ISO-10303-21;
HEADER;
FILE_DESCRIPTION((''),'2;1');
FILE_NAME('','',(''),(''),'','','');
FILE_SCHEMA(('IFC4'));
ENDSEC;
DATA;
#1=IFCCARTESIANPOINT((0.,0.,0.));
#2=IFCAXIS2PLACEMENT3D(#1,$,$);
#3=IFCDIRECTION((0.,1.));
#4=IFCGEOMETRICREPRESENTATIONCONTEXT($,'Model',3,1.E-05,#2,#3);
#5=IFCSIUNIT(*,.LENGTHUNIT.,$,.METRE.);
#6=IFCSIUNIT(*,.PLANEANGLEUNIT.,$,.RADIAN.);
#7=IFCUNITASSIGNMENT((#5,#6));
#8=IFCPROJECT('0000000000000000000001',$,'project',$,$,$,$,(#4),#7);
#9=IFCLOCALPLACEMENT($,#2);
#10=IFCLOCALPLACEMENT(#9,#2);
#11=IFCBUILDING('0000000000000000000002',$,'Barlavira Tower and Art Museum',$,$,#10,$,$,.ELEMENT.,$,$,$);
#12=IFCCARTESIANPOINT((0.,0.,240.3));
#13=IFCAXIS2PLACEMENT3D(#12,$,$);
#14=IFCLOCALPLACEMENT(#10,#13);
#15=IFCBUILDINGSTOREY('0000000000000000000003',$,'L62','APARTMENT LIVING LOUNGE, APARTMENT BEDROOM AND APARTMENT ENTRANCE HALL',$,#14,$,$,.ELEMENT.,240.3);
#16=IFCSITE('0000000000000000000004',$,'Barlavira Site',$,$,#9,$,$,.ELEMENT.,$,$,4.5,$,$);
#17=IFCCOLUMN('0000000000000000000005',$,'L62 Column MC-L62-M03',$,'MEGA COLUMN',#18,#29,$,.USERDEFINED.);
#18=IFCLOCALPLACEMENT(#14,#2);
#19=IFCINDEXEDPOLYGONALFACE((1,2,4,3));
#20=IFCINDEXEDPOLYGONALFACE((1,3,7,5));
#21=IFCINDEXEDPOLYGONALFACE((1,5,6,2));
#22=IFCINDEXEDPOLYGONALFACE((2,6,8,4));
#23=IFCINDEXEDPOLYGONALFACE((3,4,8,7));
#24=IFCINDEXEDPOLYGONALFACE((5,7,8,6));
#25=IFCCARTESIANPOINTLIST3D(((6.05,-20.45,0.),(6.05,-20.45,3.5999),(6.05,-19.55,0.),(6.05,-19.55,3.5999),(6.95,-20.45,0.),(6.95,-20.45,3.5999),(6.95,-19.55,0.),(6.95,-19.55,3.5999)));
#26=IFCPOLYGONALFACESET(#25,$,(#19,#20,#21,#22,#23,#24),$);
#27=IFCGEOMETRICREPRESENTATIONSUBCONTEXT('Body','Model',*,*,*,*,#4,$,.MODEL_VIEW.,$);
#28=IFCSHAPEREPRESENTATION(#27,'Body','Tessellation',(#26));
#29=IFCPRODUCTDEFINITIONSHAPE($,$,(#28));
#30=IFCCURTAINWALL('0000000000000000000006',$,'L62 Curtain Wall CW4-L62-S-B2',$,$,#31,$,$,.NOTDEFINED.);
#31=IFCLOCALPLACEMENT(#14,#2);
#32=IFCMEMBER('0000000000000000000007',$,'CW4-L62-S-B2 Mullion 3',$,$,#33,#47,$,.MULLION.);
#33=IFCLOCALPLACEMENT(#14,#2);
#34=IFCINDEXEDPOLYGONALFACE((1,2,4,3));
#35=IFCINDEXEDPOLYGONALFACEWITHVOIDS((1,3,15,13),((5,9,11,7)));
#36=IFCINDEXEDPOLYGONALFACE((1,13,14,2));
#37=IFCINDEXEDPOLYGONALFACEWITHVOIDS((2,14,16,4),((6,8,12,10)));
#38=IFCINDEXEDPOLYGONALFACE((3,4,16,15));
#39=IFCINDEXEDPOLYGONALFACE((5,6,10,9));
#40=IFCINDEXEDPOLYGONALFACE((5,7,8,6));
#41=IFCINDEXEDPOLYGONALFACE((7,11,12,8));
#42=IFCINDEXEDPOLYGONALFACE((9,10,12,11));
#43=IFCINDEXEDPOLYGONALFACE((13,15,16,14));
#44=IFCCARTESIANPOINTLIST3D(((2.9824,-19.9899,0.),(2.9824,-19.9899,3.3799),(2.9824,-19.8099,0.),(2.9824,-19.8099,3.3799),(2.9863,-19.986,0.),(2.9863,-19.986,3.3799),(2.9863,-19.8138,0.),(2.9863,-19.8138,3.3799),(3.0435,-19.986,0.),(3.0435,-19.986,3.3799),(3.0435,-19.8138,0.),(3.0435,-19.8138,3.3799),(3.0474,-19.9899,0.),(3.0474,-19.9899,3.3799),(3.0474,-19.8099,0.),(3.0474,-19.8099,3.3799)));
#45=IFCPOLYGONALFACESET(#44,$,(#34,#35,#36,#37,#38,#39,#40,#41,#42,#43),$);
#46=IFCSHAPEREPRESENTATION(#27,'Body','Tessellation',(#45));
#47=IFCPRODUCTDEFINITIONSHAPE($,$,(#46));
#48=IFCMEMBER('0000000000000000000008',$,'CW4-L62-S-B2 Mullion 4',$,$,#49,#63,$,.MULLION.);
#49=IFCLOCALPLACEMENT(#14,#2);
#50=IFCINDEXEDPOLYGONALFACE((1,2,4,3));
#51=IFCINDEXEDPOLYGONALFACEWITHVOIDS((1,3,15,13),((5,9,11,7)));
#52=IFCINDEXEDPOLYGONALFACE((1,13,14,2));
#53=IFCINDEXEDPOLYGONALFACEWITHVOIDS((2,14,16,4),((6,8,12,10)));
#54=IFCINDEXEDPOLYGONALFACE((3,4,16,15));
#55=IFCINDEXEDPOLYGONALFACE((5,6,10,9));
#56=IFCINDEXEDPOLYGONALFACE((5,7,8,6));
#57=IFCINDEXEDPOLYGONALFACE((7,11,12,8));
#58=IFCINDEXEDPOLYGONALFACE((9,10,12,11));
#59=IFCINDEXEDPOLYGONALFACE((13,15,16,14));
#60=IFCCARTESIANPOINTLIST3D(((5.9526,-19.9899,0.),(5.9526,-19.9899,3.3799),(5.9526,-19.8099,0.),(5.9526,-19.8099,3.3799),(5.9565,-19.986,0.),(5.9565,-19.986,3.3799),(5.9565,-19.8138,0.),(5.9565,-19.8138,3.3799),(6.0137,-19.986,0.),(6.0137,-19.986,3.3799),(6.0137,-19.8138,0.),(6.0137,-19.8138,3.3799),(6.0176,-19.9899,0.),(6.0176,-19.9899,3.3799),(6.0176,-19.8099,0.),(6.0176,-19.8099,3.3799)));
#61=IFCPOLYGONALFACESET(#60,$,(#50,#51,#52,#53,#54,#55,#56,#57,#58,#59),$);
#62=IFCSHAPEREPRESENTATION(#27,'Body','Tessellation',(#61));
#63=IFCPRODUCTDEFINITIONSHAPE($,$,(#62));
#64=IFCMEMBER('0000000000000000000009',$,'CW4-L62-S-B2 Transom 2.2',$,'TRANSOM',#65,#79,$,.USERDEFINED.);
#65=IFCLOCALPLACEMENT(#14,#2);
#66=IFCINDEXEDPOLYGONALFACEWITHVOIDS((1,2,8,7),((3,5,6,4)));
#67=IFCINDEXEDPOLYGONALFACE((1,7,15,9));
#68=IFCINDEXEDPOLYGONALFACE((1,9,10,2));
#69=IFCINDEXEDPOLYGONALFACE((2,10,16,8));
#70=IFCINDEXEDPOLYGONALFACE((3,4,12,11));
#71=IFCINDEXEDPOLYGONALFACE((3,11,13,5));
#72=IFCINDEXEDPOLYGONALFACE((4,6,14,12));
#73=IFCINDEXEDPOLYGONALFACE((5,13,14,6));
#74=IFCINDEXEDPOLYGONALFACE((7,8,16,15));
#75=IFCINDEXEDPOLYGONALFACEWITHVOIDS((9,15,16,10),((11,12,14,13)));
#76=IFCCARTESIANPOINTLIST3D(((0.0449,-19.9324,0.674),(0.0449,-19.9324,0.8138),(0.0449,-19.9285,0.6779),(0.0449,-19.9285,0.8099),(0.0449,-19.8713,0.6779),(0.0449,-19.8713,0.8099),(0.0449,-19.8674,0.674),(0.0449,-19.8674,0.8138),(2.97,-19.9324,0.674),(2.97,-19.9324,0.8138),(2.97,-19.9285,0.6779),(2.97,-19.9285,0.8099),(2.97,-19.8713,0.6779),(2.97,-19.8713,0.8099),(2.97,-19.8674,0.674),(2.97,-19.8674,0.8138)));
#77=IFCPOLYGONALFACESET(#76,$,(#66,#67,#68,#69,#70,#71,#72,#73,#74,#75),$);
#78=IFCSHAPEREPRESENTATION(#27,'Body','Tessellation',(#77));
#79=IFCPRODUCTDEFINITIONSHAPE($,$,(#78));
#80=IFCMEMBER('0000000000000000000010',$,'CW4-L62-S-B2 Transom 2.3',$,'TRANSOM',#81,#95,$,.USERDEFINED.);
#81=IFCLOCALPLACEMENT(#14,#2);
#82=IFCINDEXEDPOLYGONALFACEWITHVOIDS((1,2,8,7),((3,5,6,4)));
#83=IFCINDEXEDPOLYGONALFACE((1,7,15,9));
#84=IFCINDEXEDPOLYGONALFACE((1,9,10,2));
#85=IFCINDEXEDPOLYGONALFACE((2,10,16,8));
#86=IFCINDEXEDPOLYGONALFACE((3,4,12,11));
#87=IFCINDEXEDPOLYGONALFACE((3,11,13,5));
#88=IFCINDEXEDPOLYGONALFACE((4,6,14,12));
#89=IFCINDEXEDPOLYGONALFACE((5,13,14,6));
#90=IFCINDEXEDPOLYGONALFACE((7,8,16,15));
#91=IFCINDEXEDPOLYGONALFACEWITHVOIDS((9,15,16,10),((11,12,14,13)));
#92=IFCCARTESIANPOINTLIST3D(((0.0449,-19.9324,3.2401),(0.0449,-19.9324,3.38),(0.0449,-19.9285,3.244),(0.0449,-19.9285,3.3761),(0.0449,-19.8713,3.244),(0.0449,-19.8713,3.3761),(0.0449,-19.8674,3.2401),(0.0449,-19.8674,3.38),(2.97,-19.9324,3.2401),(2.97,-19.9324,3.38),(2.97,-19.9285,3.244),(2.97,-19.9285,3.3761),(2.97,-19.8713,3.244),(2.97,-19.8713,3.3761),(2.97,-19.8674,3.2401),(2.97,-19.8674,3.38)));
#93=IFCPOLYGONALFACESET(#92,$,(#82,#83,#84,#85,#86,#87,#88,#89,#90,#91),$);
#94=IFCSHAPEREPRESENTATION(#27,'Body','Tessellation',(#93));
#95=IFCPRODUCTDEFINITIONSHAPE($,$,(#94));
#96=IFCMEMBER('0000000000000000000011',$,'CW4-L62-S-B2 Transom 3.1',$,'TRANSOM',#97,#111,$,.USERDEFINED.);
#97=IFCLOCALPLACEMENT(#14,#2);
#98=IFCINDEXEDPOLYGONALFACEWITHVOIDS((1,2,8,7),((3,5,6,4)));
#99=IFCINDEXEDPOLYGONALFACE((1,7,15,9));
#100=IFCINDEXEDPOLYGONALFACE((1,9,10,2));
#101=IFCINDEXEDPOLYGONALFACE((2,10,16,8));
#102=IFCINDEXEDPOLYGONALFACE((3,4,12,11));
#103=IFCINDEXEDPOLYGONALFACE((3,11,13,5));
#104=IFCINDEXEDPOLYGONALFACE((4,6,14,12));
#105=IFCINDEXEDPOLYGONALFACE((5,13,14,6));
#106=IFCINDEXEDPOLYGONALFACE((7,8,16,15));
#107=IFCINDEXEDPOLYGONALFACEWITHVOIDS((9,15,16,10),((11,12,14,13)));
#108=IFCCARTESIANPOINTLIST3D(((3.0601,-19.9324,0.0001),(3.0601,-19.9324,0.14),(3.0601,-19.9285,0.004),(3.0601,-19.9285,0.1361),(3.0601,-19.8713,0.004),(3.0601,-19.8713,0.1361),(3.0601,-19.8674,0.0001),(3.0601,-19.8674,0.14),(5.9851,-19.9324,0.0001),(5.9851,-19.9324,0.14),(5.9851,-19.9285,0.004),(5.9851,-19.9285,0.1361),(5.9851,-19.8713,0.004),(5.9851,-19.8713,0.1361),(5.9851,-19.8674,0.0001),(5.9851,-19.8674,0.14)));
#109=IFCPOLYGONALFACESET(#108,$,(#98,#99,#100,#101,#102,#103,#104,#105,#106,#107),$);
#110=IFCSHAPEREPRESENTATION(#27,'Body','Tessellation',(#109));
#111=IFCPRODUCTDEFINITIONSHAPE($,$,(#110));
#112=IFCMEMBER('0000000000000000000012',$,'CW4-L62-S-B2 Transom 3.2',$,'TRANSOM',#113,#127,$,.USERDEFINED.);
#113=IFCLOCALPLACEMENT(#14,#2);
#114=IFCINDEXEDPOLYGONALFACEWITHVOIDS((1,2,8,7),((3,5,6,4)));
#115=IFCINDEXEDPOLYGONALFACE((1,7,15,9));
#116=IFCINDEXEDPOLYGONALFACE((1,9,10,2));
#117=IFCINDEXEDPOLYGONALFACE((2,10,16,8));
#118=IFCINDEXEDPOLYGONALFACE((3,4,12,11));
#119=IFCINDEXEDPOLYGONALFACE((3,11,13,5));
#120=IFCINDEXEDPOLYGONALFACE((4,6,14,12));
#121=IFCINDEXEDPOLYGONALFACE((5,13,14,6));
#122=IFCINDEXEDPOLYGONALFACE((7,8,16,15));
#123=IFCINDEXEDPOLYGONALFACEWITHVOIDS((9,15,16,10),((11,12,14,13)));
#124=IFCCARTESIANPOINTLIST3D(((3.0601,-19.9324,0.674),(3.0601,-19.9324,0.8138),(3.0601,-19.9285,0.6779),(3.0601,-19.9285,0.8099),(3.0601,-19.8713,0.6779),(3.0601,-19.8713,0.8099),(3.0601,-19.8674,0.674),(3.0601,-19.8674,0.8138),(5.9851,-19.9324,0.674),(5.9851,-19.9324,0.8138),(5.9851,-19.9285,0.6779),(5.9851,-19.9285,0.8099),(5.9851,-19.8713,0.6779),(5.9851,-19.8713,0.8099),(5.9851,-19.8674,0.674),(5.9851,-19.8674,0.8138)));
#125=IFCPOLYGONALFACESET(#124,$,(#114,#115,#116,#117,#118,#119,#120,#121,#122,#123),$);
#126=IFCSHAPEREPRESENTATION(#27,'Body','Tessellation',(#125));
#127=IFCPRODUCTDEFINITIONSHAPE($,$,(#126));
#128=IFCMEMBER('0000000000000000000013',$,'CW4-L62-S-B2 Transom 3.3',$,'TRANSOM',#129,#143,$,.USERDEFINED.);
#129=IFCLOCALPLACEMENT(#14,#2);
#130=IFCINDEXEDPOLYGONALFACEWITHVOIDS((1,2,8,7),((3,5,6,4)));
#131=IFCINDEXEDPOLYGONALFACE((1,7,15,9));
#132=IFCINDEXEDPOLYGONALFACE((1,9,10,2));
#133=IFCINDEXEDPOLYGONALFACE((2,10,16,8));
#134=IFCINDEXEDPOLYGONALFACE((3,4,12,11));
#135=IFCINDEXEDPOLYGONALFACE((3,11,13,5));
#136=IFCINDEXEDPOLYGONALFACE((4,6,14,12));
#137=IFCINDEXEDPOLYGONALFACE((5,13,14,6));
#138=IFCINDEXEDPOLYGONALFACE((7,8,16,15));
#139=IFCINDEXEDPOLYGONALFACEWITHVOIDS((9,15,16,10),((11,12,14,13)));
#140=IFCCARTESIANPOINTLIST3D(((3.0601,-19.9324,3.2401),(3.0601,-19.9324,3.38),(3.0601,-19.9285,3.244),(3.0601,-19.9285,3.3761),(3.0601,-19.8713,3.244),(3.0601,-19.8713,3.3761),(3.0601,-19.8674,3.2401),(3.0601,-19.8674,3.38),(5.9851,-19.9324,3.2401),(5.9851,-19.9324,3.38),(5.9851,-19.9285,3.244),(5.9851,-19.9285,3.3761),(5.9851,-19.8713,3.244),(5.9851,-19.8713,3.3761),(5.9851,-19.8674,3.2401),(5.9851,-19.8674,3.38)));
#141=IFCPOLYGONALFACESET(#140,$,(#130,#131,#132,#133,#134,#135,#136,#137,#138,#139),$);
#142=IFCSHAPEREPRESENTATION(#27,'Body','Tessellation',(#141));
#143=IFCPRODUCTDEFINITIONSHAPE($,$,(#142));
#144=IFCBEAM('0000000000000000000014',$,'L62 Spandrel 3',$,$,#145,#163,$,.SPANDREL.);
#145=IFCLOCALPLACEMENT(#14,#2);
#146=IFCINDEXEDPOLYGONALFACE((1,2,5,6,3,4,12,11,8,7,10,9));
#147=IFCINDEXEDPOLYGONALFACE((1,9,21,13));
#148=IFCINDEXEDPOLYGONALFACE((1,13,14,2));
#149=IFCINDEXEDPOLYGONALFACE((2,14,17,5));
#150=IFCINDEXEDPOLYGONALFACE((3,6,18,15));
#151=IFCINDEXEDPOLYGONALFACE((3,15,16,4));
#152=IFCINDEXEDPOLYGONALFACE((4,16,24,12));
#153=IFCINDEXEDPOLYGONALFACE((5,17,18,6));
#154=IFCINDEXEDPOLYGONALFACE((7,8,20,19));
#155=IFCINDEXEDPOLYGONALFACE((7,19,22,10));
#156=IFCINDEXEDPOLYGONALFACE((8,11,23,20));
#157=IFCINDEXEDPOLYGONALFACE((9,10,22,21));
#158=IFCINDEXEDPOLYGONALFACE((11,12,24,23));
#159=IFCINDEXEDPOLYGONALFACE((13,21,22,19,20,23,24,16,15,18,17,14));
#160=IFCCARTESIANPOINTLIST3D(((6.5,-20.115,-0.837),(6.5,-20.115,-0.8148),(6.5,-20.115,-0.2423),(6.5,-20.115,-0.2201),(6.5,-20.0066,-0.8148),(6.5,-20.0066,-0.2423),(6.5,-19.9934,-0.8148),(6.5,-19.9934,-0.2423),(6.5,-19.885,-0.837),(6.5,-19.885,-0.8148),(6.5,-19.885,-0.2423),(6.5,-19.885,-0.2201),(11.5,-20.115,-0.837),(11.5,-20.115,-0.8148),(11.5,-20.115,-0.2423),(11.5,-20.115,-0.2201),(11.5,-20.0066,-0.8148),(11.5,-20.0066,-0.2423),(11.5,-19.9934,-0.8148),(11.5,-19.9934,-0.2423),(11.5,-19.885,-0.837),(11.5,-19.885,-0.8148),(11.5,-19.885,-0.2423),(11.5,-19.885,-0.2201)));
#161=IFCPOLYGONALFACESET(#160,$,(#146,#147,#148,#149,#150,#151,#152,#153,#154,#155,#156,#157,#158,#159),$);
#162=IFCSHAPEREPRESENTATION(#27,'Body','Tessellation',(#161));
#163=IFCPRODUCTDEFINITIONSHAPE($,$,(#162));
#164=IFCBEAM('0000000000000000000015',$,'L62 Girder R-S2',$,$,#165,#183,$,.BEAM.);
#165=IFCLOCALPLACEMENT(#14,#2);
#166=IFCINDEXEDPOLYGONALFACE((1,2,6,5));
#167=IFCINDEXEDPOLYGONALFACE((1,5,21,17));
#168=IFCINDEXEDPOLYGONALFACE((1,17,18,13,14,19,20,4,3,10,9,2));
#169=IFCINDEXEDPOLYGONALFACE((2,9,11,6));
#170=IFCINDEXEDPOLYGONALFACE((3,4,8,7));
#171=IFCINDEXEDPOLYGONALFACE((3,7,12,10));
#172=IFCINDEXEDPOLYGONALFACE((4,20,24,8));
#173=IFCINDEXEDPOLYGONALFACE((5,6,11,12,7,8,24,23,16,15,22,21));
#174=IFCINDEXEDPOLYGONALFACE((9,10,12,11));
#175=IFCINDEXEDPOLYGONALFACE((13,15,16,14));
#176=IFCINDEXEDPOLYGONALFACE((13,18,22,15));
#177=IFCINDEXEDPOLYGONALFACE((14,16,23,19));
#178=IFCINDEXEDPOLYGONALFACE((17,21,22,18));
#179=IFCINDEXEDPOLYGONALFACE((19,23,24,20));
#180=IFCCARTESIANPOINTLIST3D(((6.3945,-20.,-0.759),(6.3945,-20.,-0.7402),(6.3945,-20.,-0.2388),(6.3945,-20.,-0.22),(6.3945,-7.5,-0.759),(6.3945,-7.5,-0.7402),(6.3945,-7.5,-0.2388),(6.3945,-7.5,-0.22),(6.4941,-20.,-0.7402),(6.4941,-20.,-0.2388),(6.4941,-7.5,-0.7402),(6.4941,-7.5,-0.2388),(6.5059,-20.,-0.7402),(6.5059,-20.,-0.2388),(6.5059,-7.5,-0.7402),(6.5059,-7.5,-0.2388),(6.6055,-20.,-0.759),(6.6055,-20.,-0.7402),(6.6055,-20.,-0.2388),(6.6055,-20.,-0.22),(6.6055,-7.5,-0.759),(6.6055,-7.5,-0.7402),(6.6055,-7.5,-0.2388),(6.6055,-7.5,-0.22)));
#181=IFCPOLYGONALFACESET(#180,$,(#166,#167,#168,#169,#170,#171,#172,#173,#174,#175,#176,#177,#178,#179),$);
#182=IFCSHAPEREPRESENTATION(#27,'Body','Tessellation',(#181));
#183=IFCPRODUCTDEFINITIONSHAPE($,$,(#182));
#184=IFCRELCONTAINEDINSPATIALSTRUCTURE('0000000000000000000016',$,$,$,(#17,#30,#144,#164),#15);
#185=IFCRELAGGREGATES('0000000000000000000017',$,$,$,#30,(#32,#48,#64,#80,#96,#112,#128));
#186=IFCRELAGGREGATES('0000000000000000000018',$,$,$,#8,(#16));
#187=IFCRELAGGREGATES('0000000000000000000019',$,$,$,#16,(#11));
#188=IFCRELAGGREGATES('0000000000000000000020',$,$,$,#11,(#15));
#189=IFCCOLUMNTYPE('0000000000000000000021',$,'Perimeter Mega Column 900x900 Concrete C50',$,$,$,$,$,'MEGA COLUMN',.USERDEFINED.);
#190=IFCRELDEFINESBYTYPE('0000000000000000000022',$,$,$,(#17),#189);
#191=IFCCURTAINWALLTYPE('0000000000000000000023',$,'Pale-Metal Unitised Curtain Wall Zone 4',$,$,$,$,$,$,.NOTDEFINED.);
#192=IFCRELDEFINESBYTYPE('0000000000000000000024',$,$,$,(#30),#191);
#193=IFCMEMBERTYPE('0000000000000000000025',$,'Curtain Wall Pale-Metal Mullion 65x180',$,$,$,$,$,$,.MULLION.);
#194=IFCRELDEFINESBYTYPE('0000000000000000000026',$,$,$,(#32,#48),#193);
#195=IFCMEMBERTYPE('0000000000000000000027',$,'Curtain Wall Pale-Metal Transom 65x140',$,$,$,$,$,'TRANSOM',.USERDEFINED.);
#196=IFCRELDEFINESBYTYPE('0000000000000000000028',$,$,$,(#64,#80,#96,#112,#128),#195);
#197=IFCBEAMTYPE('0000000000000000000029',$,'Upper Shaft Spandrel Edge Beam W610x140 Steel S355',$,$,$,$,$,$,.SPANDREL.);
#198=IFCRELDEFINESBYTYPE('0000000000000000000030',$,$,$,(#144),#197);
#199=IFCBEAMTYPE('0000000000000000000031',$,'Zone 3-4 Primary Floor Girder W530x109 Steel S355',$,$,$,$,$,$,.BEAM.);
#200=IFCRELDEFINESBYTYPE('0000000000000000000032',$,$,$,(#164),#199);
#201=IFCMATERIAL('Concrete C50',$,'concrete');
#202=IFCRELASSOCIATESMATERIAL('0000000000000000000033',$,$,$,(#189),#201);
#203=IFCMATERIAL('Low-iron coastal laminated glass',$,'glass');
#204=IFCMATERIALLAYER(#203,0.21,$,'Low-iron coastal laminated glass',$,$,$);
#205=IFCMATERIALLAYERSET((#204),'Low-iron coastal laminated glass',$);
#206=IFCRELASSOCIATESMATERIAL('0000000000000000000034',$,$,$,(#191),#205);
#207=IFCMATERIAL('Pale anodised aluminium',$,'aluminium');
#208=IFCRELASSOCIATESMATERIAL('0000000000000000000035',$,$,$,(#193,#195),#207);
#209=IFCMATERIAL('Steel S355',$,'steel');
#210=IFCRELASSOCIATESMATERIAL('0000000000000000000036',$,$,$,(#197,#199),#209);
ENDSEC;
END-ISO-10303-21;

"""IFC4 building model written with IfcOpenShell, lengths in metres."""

from ifc_helpers import new_model, si_unit, direction, frame, origin, origin_2d, place, context, subcontext, project, spatial, rectangle, hollow_rectangle, i_section, extrude, material, layer, layer_set, material_profile, profile_set, type_object, element, aggregate, save


model = new_model("IFC4")

# Units and contexts
model_context = context("Model", 3, precision=1e-05, world=origin(), true_north=direction((0.0, 1.0)))
body_context = subcontext(model_context, "Body", "Model", "MODEL_VIEW")
ifc_project = project(units=[si_unit("LENGTHUNIT", "METRE"), si_unit("PLANEANGLEUNIT", "RADIAN")], contexts=[model_context])

# Site, building, storey
site_placement = place(None, origin())
site = spatial("IfcSite", under=ifc_project, at=site_placement, Name="Barlavira Site", CompositionType="ELEMENT", RefElevation=4.5)
building_placement = place(site_placement, origin())
building = spatial("IfcBuilding", under=site, at=building_placement, Name="Barlavira Tower and Art Museum", CompositionType="ELEMENT")
storey_placement = place(building_placement, frame((0.0, 0.0, 240.3)))
storey = spatial("IfcBuildingStorey", under=building, at=storey_placement, Name="L62", Description="APARTMENT LIVING LOUNGE, APARTMENT BEDROOM AND APARTMENT ENTRANCE HALL", CompositionType="ELEMENT", Elevation=240.3)

# Column
ifc_material_1 = material(Name="Concrete C50", Category="concrete")
ifc_material_profile_1 = material_profile(ifc_material_1, rectangle(XDim=0.8999, YDim=0.8999, at=origin_2d()), Name="RC-COL 900x900")
ifc_profile_set_1 = profile_set([ifc_material_profile_1], Name="Concrete C50")
column_type = type_object("IfcColumnType", Name="Perimeter Mega Column 900x900 Concrete C50", ElementType="MEGA COLUMN", PredefinedType="USERDEFINED", material=ifc_profile_set_1)
column_placement = place(storey_placement, frame((6.5, -20.0, 0.0), z_axis=(0.0, 0.0, 1.0), x_axis=(1.0, 0.0, 0.0)))
element("IfcColumn", 1, at=column_placement, inside=storey, type_object=column_type, Name="L62 Column MC-L62-M03", ObjectType="MEGA COLUMN", PredefinedType="USERDEFINED", context=body_context, shape_type="SweptSolid", body=[
    extrude(rectangle(XDim=0.8999, YDim=0.8999, at=origin_2d()), origin(), (0.0, 0.0, 1.0), 3.5999),
])

# Curtain wall, members
ifc_material_2 = material(Name="Low-iron coastal laminated glass", Category="glass")
ifc_layer_1 = layer(ifc_material_2, 0.21, Name="Low-iron coastal laminated glass")
ifc_layer_set_1 = layer_set([ifc_layer_1], Name="Low-iron coastal laminated glass")
curtain_wall_type = type_object("IfcCurtainWallType", Name="Pale-Metal Unitised Curtain Wall Zone 4", PredefinedType="NOTDEFINED", material=ifc_layer_set_1)
curtain_wall_placement = place(storey_placement, origin())
curtain_wall = element("IfcCurtainWall", 2, at=curtain_wall_placement, inside=storey, type_object=curtain_wall_type, Name="L62 Curtain Wall CW4-L62-S-B2", PredefinedType="NOTDEFINED")
ifc_material_3 = material(Name="Pale anodised aluminium", Category="aluminium")
ifc_material_profile_2 = material_profile(ifc_material_3, hollow_rectangle(XDim=0.0649, YDim=0.1799, WallThickness=0.0039, at=origin_2d()), Name="ALU-MULL 65x180x4")
ifc_profile_set_2 = profile_set([ifc_material_profile_2], Name="Pale anodised aluminium")
member_type_1 = type_object("IfcMemberType", Name="Curtain Wall Pale-Metal Mullion 65x180", PredefinedType="MULLION", material=ifc_profile_set_2)
member_1_placement = place(storey_placement, frame((3.0149, -19.8999, 0.0), z_axis=(0.0, 0.0, 1.0), x_axis=(1.0, 0.0, 0.0)))
member_1 = element("IfcMember", 3, at=member_1_placement, type_object=member_type_1, Name="CW4-L62-S-B2 Mullion 3", PredefinedType="MULLION", context=body_context, shape_type="SweptSolid", body=[
    extrude(hollow_rectangle(XDim=0.0649, YDim=0.1799, WallThickness=0.0039, at=origin_2d()), origin(), (0.0, 0.0, 1.0), 3.3799),
])
member_2_placement = place(storey_placement, frame((5.9851, -19.8999, 0.0), z_axis=(0.0, 0.0, 1.0), x_axis=(1.0, 0.0, 0.0)))
member_2 = element("IfcMember", 4, at=member_2_placement, type_object=member_type_1, Name="CW4-L62-S-B2 Mullion 4", PredefinedType="MULLION", context=body_context, shape_type="SweptSolid", body=[
    extrude(hollow_rectangle(XDim=0.0649, YDim=0.1799, WallThickness=0.0039, at=origin_2d()), origin(), (0.0, 0.0, 1.0), 3.3799),
])
ifc_material_profile_3 = material_profile(ifc_material_3, hollow_rectangle(XDim=0.0649, YDim=0.1399, WallThickness=0.0039, at=origin_2d()), Name="ALU-TRAN 65x140x4")
ifc_profile_set_3 = profile_set([ifc_material_profile_3], Name="Pale anodised aluminium")
member_type_2 = type_object("IfcMemberType", Name="Curtain Wall Pale-Metal Transom 65x140", ElementType="TRANSOM", PredefinedType="USERDEFINED", material=ifc_profile_set_3)
member_3_placement = place(storey_placement, frame((0.0449, -19.8999, 0.7439), z_axis=(1.0, 0.0, 0.0), x_axis=(0.0, 1.0, 0.0)))
member_3 = element("IfcMember", 5, at=member_3_placement, type_object=member_type_2, Name="CW4-L62-S-B2 Transom 2.2", ObjectType="TRANSOM", PredefinedType="USERDEFINED", context=body_context, shape_type="SweptSolid", body=[
    extrude(hollow_rectangle(XDim=0.0649, YDim=0.1399, WallThickness=0.0039, at=origin_2d()), origin(), (0.0, 0.0, 1.0), 2.925),
])
member_4_placement = place(storey_placement, frame((0.0449, -19.8999, 3.3101), z_axis=(1.0, 0.0, 0.0), x_axis=(0.0, 1.0, 0.0)))
member_4 = element("IfcMember", 6, at=member_4_placement, type_object=member_type_2, Name="CW4-L62-S-B2 Transom 2.3", ObjectType="TRANSOM", PredefinedType="USERDEFINED", context=body_context, shape_type="SweptSolid", body=[
    extrude(hollow_rectangle(XDim=0.0649, YDim=0.1399, WallThickness=0.0039, at=origin_2d()), origin(), (0.0, 0.0, 1.0), 2.925),
])
member_5_placement = place(storey_placement, frame((3.0601, -19.8999, 0.0701), z_axis=(1.0, 0.0, 0.0), x_axis=(0.0, 1.0, 0.0)))
member_5 = element("IfcMember", 7, at=member_5_placement, type_object=member_type_2, Name="CW4-L62-S-B2 Transom 3.1", ObjectType="TRANSOM", PredefinedType="USERDEFINED", context=body_context, shape_type="SweptSolid", body=[
    extrude(hollow_rectangle(XDim=0.0649, YDim=0.1399, WallThickness=0.0039, at=origin_2d()), origin(), (0.0, 0.0, 1.0), 2.925),
])
member_6_placement = place(storey_placement, frame((3.0601, -19.8999, 0.7439), z_axis=(1.0, 0.0, 0.0), x_axis=(0.0, 1.0, 0.0)))
member_6 = element("IfcMember", 8, at=member_6_placement, type_object=member_type_2, Name="CW4-L62-S-B2 Transom 3.2", ObjectType="TRANSOM", PredefinedType="USERDEFINED", context=body_context, shape_type="SweptSolid", body=[
    extrude(hollow_rectangle(XDim=0.0649, YDim=0.1399, WallThickness=0.0039, at=origin_2d()), origin(), (0.0, 0.0, 1.0), 2.925),
])
member_7_placement = place(storey_placement, frame((3.0601, -19.8999, 3.3101), z_axis=(1.0, 0.0, 0.0), x_axis=(0.0, 1.0, 0.0)))
member_7 = element("IfcMember", 9, at=member_7_placement, type_object=member_type_2, Name="CW4-L62-S-B2 Transom 3.3", ObjectType="TRANSOM", PredefinedType="USERDEFINED", context=body_context, shape_type="SweptSolid", body=[
    extrude(hollow_rectangle(XDim=0.0649, YDim=0.1399, WallThickness=0.0039, at=origin_2d()), origin(), (0.0, 0.0, 1.0), 2.925),
])

# Beams
ifc_material_4 = material(Name="Steel S355", Category="steel")
ifc_material_profile_4 = material_profile(ifc_material_4, i_section(OverallWidth=0.23, OverallDepth=0.6169, WebThickness=0.0132, FlangeThickness=0.0222, at=origin_2d()), Name="W610x140.0")
ifc_profile_set_4 = profile_set([ifc_material_profile_4], Name="Steel S355")
beam_type_1 = type_object("IfcBeamType", Name="Upper Shaft Spandrel Edge Beam W610x140 Steel S355", PredefinedType="SPANDREL", material=ifc_profile_set_4)
beam_1_placement = place(storey_placement, frame((6.5, -20.0, -0.5286), z_axis=(1.0, 0.0, 0.0), x_axis=(0.0, 1.0, 0.0)))
element("IfcBeam", 10, at=beam_1_placement, inside=storey, type_object=beam_type_1, Name="L62 Spandrel 3", PredefinedType="SPANDREL", context=body_context, shape_type="SweptSolid", body=[
    extrude(i_section(OverallWidth=0.23, OverallDepth=0.6169, WebThickness=0.0132, FlangeThickness=0.0222, at=origin_2d()), origin(), (0.0, 0.0, 1.0), 5.0),
])
ifc_material_profile_5 = material_profile(ifc_material_4, i_section(OverallWidth=0.2109, OverallDepth=0.5391, WebThickness=0.0117, FlangeThickness=0.0188, at=origin_2d()), Name="W530x109.0")
ifc_profile_set_5 = profile_set([ifc_material_profile_5], Name="Steel S355")
beam_type_2 = type_object("IfcBeamType", Name="Zone 3-4 Primary Floor Girder W530x109 Steel S355", PredefinedType="BEAM", material=ifc_profile_set_5)
beam_2_placement = place(storey_placement, frame((6.5, -20.0, -0.4895), z_axis=(0.0, 1.0, 0.0), x_axis=(-1.0, 0.0, 0.0)))
element("IfcBeam", 11, at=beam_2_placement, inside=storey, type_object=beam_type_2, Name="L62 Girder R-S2", PredefinedType="BEAM", context=body_context, shape_type="SweptSolid", body=[
    extrude(i_section(OverallWidth=0.2109, OverallDepth=0.5391, WebThickness=0.0117, FlangeThickness=0.0188, at=origin_2d()), origin(), (0.0, 0.0, 1.0), 12.5),
])

aggregate(curtain_wall, [member_1, member_2, member_3, member_4, member_5, member_6, member_7])

save(model, "model.ifc")
